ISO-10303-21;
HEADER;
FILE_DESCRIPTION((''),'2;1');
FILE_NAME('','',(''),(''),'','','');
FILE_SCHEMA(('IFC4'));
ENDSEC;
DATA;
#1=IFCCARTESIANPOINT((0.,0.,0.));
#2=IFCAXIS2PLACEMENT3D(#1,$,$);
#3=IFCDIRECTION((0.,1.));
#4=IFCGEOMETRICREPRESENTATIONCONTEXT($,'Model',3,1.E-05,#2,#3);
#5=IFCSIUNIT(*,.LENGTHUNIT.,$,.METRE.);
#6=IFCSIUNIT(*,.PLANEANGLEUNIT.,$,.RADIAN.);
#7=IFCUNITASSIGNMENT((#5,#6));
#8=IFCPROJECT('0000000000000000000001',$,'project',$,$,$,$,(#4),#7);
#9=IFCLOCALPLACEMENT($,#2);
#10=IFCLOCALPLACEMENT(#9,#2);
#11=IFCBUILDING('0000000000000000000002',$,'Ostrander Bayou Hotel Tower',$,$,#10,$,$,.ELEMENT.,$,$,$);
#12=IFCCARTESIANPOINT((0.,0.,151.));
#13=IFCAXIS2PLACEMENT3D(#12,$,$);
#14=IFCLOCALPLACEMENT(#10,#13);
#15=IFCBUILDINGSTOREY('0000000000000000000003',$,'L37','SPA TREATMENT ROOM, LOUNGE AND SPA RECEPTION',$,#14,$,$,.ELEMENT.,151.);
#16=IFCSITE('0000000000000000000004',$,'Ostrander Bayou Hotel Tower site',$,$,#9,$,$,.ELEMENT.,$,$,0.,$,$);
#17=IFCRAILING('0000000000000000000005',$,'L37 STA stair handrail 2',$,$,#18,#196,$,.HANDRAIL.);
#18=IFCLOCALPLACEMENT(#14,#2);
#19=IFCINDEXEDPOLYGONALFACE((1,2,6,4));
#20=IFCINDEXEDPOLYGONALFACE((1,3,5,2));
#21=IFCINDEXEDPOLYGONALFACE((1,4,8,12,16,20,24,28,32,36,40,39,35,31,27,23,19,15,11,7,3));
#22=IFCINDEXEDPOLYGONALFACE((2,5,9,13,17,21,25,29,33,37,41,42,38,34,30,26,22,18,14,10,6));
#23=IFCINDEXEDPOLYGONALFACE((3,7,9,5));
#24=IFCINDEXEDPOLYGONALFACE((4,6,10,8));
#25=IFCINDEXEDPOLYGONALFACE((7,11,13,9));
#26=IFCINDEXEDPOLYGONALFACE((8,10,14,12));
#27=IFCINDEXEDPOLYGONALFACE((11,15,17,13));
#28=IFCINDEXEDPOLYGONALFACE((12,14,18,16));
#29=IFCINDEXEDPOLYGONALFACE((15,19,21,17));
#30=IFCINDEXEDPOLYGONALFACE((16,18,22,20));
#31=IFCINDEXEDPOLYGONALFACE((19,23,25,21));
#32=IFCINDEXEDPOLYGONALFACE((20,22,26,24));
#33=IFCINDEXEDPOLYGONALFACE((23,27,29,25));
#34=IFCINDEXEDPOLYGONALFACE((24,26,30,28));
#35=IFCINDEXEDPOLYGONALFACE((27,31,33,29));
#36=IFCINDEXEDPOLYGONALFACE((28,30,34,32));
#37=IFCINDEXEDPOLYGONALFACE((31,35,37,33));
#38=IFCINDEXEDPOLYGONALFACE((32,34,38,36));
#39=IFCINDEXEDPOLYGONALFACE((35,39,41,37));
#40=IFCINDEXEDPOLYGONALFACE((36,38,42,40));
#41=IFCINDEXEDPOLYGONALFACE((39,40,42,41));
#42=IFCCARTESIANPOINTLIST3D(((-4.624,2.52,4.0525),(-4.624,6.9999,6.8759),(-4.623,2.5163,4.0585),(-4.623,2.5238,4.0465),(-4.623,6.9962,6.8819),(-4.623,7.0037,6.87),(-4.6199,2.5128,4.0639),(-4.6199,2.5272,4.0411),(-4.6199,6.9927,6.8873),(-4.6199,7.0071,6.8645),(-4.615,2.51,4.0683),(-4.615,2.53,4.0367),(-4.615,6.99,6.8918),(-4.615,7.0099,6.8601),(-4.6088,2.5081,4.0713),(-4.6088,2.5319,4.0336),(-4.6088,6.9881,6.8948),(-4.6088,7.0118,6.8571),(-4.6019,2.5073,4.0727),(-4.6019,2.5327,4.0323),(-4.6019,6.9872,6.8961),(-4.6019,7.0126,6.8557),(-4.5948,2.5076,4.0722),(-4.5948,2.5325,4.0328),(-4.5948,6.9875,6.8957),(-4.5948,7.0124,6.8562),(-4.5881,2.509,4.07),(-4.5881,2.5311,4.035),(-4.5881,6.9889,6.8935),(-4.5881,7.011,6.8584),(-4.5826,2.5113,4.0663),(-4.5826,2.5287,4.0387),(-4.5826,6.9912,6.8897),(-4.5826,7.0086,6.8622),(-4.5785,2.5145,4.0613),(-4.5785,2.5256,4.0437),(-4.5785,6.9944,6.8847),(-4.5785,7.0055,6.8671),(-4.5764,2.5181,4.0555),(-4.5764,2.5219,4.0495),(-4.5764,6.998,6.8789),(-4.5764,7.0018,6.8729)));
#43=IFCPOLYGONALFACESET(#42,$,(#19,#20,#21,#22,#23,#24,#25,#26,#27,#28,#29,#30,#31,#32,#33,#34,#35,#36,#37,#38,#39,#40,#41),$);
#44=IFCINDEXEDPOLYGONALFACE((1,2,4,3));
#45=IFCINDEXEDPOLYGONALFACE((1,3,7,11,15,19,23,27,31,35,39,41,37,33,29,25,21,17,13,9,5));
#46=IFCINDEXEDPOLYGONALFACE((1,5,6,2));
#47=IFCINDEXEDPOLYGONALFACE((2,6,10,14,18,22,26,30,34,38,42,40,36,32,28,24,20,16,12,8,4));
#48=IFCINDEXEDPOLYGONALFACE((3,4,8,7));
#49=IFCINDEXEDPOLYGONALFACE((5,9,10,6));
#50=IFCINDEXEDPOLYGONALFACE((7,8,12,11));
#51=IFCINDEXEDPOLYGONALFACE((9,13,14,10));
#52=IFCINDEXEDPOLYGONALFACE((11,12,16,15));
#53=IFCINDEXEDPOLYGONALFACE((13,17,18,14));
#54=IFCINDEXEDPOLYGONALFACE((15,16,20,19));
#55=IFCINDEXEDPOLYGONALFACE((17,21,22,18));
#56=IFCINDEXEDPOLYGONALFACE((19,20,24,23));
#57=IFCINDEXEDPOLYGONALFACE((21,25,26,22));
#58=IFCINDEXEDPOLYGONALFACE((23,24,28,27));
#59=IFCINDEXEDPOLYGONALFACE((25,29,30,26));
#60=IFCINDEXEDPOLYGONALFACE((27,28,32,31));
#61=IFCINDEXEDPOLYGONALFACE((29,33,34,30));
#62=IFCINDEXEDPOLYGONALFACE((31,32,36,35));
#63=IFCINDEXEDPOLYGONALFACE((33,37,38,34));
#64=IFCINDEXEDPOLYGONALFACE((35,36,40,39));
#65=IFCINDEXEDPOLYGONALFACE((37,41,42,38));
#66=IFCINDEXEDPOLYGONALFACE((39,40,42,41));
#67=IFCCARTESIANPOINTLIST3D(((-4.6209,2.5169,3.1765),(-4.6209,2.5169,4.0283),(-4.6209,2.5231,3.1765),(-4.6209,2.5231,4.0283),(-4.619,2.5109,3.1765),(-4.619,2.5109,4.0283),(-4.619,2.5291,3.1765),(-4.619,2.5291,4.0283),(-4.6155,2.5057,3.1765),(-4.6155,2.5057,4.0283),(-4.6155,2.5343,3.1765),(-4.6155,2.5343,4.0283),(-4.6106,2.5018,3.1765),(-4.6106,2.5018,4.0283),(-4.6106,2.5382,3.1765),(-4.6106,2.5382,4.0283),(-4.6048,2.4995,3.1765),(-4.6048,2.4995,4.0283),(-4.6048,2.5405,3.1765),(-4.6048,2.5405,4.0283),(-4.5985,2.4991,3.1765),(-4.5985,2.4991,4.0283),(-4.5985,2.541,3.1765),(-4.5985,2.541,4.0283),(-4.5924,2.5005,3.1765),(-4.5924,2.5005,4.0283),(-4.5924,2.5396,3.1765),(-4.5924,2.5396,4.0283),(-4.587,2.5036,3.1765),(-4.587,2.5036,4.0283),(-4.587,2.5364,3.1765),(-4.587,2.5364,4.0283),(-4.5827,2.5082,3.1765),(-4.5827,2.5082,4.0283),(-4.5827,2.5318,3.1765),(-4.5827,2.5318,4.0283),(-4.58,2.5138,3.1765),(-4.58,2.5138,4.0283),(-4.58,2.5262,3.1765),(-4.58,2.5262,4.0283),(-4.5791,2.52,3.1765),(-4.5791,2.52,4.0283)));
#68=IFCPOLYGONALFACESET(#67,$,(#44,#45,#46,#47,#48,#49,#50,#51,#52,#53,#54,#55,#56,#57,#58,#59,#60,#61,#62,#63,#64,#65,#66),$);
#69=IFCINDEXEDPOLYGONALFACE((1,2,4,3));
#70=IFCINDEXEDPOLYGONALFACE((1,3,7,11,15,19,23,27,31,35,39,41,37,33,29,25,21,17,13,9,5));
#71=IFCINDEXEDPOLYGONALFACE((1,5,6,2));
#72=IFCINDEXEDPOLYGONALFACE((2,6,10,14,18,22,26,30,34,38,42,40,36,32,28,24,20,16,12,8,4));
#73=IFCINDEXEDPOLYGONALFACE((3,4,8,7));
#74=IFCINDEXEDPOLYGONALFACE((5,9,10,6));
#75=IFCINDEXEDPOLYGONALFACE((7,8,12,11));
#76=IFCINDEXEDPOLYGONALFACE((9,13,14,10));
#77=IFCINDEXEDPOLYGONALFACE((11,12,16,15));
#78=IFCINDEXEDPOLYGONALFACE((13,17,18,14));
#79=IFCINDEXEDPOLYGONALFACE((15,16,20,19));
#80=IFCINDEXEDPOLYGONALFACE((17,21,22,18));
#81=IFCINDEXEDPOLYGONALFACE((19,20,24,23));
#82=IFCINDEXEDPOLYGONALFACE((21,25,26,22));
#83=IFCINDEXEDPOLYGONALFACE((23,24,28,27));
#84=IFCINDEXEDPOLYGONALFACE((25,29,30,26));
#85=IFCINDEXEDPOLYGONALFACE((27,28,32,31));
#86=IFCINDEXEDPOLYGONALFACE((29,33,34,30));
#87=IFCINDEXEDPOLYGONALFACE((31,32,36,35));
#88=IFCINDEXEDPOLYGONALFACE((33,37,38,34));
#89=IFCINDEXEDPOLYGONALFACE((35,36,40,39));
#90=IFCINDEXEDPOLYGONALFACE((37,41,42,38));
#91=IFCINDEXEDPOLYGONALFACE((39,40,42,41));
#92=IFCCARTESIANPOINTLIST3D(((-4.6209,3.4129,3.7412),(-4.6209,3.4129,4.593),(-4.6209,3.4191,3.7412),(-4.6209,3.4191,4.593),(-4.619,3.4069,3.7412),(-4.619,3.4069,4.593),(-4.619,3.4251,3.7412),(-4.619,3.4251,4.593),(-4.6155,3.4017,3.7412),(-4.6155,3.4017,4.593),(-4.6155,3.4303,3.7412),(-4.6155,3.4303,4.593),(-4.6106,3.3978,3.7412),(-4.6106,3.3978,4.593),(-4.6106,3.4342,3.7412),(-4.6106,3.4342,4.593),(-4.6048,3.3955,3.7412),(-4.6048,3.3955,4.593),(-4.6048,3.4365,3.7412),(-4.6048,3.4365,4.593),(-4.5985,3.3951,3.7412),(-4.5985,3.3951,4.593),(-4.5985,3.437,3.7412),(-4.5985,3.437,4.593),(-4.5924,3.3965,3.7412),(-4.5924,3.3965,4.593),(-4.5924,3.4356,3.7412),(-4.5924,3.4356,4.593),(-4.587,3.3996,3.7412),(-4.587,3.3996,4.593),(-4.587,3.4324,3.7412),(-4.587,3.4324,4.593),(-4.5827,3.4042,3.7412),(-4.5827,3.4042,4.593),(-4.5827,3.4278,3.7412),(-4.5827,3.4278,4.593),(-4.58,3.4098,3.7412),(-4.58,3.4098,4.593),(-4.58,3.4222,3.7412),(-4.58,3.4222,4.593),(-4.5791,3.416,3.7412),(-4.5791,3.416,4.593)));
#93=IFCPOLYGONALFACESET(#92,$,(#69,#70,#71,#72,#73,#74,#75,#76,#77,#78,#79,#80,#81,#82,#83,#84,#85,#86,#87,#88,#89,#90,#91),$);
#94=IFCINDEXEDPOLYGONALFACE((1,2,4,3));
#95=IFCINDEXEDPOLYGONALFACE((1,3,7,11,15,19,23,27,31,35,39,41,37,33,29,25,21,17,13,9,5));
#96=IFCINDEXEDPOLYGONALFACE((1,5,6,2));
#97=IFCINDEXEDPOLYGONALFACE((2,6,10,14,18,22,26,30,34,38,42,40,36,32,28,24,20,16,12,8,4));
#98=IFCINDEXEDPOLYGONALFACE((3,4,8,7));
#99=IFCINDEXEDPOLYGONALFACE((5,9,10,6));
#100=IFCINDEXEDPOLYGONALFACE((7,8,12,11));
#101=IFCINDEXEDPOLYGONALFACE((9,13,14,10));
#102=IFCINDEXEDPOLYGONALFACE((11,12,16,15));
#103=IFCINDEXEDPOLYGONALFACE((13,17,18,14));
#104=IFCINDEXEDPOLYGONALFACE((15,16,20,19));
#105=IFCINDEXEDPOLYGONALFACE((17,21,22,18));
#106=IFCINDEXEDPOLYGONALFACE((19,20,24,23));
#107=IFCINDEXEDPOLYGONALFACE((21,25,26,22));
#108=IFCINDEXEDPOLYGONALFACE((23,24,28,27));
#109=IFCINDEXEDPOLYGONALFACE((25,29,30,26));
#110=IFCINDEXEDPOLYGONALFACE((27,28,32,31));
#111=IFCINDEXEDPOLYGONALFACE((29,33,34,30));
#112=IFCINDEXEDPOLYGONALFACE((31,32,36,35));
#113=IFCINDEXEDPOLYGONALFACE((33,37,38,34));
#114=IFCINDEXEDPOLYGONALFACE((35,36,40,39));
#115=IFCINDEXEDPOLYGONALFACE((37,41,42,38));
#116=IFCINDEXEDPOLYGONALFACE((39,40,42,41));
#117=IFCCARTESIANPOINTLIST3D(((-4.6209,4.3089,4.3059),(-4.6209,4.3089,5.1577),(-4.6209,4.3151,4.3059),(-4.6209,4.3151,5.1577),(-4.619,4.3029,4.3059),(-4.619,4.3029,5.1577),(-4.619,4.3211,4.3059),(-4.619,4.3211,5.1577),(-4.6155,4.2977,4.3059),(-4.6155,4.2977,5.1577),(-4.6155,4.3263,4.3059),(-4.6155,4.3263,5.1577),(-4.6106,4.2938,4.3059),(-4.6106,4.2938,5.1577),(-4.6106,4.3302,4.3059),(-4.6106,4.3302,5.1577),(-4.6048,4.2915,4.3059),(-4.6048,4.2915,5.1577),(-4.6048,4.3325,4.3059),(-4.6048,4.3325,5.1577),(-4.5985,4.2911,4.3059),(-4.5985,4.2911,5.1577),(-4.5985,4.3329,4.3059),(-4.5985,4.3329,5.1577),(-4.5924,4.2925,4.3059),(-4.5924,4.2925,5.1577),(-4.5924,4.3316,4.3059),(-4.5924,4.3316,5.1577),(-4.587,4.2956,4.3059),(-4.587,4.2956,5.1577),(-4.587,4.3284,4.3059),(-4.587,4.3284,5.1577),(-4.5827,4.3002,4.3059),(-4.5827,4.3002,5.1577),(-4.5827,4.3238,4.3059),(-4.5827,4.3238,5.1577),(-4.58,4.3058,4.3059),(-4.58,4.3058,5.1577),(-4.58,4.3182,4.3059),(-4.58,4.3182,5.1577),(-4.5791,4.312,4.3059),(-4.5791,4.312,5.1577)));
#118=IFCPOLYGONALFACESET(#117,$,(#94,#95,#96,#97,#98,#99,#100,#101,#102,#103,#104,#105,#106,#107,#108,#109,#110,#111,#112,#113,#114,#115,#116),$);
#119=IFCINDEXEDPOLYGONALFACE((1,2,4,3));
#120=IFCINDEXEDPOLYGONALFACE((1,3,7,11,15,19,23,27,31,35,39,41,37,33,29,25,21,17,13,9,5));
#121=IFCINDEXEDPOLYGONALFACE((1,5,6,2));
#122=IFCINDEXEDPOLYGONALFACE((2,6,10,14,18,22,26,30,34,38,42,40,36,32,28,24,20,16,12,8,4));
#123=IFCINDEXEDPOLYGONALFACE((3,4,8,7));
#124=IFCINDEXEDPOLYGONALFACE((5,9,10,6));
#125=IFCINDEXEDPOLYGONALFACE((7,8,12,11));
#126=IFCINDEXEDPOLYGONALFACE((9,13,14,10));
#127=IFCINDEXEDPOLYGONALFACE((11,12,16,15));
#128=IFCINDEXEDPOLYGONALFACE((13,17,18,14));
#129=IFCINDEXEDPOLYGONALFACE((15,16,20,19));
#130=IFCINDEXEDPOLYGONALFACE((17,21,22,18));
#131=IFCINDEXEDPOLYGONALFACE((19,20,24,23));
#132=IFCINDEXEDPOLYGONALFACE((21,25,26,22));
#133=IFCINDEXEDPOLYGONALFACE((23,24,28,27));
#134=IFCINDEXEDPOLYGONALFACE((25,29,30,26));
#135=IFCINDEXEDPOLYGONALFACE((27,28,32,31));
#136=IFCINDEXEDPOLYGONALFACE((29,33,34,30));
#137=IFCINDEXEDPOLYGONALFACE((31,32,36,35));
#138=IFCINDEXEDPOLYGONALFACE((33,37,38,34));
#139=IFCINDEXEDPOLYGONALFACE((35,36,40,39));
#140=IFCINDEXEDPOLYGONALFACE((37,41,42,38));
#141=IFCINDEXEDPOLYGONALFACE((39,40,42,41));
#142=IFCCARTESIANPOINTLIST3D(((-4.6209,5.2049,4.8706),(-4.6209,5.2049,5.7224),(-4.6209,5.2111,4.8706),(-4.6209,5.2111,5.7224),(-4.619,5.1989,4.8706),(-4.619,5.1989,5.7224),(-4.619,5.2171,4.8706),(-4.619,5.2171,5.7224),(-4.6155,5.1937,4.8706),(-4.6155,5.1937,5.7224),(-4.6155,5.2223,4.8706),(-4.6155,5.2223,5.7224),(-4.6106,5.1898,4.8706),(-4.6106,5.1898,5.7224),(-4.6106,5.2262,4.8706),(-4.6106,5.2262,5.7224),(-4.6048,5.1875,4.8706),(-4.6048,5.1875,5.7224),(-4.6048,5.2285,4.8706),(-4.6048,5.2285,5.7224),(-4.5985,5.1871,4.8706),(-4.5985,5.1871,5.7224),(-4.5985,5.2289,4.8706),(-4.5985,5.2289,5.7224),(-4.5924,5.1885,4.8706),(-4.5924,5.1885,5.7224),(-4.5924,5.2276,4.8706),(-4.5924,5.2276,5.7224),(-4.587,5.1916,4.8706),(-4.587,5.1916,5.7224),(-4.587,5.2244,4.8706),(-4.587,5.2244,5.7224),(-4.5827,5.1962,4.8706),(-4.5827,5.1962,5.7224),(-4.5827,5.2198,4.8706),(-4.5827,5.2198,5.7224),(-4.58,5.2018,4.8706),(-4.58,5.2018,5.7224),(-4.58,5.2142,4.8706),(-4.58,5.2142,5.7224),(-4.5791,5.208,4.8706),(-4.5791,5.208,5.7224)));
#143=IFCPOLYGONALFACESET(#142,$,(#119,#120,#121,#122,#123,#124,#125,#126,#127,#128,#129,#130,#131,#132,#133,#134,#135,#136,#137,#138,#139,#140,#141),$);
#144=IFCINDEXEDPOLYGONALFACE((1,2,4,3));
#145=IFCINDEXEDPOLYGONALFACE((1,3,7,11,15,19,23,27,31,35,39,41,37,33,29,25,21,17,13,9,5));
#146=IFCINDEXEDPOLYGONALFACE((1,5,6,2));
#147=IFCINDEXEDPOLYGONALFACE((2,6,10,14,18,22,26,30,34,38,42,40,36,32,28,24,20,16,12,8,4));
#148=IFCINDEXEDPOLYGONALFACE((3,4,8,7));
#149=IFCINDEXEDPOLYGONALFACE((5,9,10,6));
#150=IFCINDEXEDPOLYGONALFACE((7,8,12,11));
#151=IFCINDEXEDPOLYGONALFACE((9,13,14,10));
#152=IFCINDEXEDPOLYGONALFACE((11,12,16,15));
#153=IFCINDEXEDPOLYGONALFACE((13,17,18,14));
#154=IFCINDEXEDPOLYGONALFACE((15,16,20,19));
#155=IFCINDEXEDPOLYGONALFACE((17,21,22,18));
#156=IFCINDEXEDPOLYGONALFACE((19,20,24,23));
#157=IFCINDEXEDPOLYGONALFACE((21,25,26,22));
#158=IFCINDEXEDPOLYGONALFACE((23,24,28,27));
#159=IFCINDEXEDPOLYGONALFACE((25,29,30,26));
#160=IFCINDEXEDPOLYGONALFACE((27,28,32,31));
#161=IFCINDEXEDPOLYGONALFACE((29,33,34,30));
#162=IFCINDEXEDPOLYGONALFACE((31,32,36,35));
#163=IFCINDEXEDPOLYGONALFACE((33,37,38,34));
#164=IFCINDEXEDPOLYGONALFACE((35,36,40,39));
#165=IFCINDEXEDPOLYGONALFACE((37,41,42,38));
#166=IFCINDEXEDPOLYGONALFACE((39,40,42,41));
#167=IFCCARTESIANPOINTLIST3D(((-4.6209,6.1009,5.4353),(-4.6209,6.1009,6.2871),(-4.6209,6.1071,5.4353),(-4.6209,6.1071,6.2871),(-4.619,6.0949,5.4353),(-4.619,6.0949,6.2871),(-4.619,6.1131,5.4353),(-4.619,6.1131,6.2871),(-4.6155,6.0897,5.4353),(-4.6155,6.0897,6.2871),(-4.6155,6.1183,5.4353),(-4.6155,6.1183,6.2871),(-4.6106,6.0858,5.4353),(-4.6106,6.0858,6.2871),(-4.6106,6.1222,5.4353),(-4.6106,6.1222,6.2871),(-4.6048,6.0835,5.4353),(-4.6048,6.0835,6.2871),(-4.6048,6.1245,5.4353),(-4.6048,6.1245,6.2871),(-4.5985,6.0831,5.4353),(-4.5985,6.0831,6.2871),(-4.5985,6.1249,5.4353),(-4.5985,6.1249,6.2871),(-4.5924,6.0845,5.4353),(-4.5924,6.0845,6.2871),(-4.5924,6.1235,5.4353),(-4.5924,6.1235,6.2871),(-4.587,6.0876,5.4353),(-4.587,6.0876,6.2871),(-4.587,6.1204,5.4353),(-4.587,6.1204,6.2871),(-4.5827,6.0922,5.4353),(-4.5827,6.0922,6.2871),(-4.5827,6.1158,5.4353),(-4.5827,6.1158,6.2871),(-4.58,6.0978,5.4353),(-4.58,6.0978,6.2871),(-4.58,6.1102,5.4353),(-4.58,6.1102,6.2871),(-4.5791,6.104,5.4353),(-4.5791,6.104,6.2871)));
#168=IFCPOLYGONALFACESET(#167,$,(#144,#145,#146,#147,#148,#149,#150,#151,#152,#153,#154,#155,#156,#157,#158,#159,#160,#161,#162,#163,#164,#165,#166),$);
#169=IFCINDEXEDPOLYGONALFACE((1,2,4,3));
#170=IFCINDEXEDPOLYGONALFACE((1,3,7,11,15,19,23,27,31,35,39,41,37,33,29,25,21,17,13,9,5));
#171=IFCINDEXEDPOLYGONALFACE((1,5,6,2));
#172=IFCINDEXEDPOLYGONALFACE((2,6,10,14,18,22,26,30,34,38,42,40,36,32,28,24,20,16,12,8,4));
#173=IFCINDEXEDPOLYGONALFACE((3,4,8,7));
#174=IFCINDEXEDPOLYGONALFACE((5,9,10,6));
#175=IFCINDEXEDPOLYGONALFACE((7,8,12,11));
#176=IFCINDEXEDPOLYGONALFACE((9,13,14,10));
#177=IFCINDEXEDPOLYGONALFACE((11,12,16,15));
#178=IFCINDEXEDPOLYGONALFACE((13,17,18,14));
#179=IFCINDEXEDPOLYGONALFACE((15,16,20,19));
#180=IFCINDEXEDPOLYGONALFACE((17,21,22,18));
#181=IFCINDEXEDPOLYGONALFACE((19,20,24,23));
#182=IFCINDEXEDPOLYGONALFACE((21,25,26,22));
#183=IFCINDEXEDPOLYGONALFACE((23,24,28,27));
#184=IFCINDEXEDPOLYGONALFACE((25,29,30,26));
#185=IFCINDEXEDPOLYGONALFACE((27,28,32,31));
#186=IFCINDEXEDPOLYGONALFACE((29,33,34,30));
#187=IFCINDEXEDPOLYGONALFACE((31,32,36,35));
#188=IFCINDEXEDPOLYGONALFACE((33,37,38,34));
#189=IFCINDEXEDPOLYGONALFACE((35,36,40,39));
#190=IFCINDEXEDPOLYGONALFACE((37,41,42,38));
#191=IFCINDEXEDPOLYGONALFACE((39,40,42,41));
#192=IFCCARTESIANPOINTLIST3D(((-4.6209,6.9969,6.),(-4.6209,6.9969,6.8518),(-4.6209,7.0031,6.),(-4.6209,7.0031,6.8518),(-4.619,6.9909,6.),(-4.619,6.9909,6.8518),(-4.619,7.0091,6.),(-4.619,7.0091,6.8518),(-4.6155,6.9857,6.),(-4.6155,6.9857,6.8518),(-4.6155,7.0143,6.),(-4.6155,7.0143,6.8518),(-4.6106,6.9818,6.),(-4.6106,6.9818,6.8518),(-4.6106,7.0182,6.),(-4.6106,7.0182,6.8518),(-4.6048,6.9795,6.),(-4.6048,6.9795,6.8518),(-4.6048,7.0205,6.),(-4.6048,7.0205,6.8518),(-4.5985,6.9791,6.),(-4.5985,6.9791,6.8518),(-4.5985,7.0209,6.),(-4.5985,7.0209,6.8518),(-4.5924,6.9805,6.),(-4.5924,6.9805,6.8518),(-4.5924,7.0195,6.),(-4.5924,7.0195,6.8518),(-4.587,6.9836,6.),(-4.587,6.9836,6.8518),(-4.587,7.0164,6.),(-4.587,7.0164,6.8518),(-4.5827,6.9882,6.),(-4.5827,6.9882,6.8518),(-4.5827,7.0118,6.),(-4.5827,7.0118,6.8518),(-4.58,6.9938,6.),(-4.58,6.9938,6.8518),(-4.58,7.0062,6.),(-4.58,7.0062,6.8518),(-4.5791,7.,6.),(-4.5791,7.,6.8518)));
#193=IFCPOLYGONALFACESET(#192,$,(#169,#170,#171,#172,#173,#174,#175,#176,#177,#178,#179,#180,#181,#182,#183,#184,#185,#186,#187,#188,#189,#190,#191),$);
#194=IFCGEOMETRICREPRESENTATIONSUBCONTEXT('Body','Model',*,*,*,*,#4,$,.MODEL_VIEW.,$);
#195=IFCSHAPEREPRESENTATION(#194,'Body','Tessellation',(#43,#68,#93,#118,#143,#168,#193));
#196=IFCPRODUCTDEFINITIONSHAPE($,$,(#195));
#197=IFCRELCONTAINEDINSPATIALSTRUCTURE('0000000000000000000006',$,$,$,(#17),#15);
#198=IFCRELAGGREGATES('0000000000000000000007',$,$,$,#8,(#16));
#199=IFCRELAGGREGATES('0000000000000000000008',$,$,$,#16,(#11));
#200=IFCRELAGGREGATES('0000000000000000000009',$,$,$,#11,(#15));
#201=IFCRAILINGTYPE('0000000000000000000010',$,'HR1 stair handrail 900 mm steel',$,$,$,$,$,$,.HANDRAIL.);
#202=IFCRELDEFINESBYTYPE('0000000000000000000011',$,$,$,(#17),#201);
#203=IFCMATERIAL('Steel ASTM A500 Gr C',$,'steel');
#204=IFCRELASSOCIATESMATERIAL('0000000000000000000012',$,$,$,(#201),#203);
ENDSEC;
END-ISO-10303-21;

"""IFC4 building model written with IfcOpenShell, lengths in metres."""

from ifc_helpers import new_model, si_unit, direction, frame, origin, origin_2d, place, context, subcontext, project, spatial, circle, extrude, material, type_object, element, save


model = new_model("IFC4")

# Units and contexts
model_context = context("Model", 3, precision=1e-05, world=origin(), true_north=direction((0.0, 1.0)))
body_context = subcontext(model_context, "Body", "Model", "MODEL_VIEW")
ifc_project = project(units=[si_unit("LENGTHUNIT", "METRE"), si_unit("PLANEANGLEUNIT", "RADIAN")], contexts=[model_context])

# Site, building, storey
site_placement = place(None, origin())
site = spatial("IfcSite", under=ifc_project, at=site_placement, Name="Ostrander Bayou Hotel Tower site", CompositionType="ELEMENT", RefElevation=0.0)
building_placement = place(site_placement, origin())
building = spatial("IfcBuilding", under=site, at=building_placement, Name="Ostrander Bayou Hotel Tower", CompositionType="ELEMENT")
storey_placement = place(building_placement, frame((0.0, 0.0, 151.0)))
storey = spatial("IfcBuildingStorey", under=building, at=storey_placement, Name="L37", Description="SPA TREATMENT ROOM, LOUNGE AND SPA RECEPTION", CompositionType="ELEMENT", Elevation=151.0)

# Railing
ifc_material_1 = material(Name="Steel ASTM A500 Gr C", Category="steel")
railing_type_1 = type_object("IfcRailingType", Name="HR1 stair handrail 900 mm steel", PredefinedType="HANDRAIL", material=ifc_material_1)
railing_1_placement = place(storey_placement, frame((-4.6001, 2.52, 3.1765)))
element("IfcRailing", 1, at=railing_1_placement, inside=storey, type_object=railing_type_1, Name="L37 STA stair handrail 2", PredefinedType="HANDRAIL", context=body_context, shape_type="SweptSolid", body=[
    extrude(circle(Radius=0.0239, at=origin_2d()), frame((0.0, 0.0, 0.876), z_axis=(0.0, 0.845998, 0.533186), x_axis=(-1.0, 0.0, 0.0)), (0.0, 0.0, 1.0), 5.2954),
    extrude(circle(Radius=0.021, at=origin_2d()), origin(), (0.0, 0.0, 1.0), 0.8518),
    extrude(circle(Radius=0.021, at=origin_2d()), frame((0.0, 0.896, 0.5647)), (0.0, 0.0, 1.0), 0.8518),
    extrude(circle(Radius=0.021, at=origin_2d()), frame((0.0, 1.792, 1.1294)), (0.0, 0.0, 1.0), 0.8518),
    extrude(circle(Radius=0.021, at=origin_2d()), frame((0.0, 2.688, 1.6941)), (0.0, 0.0, 1.0), 0.8518),
    extrude(circle(Radius=0.021, at=origin_2d()), frame((0.0, 3.584, 2.2588)), (0.0, 0.0, 1.0), 0.8518),
    extrude(circle(Radius=0.021, at=origin_2d()), frame((0.0, 4.48, 2.8235)), (0.0, 0.0, 1.0), 0.8518),
])

save(model, "model.ifc")
